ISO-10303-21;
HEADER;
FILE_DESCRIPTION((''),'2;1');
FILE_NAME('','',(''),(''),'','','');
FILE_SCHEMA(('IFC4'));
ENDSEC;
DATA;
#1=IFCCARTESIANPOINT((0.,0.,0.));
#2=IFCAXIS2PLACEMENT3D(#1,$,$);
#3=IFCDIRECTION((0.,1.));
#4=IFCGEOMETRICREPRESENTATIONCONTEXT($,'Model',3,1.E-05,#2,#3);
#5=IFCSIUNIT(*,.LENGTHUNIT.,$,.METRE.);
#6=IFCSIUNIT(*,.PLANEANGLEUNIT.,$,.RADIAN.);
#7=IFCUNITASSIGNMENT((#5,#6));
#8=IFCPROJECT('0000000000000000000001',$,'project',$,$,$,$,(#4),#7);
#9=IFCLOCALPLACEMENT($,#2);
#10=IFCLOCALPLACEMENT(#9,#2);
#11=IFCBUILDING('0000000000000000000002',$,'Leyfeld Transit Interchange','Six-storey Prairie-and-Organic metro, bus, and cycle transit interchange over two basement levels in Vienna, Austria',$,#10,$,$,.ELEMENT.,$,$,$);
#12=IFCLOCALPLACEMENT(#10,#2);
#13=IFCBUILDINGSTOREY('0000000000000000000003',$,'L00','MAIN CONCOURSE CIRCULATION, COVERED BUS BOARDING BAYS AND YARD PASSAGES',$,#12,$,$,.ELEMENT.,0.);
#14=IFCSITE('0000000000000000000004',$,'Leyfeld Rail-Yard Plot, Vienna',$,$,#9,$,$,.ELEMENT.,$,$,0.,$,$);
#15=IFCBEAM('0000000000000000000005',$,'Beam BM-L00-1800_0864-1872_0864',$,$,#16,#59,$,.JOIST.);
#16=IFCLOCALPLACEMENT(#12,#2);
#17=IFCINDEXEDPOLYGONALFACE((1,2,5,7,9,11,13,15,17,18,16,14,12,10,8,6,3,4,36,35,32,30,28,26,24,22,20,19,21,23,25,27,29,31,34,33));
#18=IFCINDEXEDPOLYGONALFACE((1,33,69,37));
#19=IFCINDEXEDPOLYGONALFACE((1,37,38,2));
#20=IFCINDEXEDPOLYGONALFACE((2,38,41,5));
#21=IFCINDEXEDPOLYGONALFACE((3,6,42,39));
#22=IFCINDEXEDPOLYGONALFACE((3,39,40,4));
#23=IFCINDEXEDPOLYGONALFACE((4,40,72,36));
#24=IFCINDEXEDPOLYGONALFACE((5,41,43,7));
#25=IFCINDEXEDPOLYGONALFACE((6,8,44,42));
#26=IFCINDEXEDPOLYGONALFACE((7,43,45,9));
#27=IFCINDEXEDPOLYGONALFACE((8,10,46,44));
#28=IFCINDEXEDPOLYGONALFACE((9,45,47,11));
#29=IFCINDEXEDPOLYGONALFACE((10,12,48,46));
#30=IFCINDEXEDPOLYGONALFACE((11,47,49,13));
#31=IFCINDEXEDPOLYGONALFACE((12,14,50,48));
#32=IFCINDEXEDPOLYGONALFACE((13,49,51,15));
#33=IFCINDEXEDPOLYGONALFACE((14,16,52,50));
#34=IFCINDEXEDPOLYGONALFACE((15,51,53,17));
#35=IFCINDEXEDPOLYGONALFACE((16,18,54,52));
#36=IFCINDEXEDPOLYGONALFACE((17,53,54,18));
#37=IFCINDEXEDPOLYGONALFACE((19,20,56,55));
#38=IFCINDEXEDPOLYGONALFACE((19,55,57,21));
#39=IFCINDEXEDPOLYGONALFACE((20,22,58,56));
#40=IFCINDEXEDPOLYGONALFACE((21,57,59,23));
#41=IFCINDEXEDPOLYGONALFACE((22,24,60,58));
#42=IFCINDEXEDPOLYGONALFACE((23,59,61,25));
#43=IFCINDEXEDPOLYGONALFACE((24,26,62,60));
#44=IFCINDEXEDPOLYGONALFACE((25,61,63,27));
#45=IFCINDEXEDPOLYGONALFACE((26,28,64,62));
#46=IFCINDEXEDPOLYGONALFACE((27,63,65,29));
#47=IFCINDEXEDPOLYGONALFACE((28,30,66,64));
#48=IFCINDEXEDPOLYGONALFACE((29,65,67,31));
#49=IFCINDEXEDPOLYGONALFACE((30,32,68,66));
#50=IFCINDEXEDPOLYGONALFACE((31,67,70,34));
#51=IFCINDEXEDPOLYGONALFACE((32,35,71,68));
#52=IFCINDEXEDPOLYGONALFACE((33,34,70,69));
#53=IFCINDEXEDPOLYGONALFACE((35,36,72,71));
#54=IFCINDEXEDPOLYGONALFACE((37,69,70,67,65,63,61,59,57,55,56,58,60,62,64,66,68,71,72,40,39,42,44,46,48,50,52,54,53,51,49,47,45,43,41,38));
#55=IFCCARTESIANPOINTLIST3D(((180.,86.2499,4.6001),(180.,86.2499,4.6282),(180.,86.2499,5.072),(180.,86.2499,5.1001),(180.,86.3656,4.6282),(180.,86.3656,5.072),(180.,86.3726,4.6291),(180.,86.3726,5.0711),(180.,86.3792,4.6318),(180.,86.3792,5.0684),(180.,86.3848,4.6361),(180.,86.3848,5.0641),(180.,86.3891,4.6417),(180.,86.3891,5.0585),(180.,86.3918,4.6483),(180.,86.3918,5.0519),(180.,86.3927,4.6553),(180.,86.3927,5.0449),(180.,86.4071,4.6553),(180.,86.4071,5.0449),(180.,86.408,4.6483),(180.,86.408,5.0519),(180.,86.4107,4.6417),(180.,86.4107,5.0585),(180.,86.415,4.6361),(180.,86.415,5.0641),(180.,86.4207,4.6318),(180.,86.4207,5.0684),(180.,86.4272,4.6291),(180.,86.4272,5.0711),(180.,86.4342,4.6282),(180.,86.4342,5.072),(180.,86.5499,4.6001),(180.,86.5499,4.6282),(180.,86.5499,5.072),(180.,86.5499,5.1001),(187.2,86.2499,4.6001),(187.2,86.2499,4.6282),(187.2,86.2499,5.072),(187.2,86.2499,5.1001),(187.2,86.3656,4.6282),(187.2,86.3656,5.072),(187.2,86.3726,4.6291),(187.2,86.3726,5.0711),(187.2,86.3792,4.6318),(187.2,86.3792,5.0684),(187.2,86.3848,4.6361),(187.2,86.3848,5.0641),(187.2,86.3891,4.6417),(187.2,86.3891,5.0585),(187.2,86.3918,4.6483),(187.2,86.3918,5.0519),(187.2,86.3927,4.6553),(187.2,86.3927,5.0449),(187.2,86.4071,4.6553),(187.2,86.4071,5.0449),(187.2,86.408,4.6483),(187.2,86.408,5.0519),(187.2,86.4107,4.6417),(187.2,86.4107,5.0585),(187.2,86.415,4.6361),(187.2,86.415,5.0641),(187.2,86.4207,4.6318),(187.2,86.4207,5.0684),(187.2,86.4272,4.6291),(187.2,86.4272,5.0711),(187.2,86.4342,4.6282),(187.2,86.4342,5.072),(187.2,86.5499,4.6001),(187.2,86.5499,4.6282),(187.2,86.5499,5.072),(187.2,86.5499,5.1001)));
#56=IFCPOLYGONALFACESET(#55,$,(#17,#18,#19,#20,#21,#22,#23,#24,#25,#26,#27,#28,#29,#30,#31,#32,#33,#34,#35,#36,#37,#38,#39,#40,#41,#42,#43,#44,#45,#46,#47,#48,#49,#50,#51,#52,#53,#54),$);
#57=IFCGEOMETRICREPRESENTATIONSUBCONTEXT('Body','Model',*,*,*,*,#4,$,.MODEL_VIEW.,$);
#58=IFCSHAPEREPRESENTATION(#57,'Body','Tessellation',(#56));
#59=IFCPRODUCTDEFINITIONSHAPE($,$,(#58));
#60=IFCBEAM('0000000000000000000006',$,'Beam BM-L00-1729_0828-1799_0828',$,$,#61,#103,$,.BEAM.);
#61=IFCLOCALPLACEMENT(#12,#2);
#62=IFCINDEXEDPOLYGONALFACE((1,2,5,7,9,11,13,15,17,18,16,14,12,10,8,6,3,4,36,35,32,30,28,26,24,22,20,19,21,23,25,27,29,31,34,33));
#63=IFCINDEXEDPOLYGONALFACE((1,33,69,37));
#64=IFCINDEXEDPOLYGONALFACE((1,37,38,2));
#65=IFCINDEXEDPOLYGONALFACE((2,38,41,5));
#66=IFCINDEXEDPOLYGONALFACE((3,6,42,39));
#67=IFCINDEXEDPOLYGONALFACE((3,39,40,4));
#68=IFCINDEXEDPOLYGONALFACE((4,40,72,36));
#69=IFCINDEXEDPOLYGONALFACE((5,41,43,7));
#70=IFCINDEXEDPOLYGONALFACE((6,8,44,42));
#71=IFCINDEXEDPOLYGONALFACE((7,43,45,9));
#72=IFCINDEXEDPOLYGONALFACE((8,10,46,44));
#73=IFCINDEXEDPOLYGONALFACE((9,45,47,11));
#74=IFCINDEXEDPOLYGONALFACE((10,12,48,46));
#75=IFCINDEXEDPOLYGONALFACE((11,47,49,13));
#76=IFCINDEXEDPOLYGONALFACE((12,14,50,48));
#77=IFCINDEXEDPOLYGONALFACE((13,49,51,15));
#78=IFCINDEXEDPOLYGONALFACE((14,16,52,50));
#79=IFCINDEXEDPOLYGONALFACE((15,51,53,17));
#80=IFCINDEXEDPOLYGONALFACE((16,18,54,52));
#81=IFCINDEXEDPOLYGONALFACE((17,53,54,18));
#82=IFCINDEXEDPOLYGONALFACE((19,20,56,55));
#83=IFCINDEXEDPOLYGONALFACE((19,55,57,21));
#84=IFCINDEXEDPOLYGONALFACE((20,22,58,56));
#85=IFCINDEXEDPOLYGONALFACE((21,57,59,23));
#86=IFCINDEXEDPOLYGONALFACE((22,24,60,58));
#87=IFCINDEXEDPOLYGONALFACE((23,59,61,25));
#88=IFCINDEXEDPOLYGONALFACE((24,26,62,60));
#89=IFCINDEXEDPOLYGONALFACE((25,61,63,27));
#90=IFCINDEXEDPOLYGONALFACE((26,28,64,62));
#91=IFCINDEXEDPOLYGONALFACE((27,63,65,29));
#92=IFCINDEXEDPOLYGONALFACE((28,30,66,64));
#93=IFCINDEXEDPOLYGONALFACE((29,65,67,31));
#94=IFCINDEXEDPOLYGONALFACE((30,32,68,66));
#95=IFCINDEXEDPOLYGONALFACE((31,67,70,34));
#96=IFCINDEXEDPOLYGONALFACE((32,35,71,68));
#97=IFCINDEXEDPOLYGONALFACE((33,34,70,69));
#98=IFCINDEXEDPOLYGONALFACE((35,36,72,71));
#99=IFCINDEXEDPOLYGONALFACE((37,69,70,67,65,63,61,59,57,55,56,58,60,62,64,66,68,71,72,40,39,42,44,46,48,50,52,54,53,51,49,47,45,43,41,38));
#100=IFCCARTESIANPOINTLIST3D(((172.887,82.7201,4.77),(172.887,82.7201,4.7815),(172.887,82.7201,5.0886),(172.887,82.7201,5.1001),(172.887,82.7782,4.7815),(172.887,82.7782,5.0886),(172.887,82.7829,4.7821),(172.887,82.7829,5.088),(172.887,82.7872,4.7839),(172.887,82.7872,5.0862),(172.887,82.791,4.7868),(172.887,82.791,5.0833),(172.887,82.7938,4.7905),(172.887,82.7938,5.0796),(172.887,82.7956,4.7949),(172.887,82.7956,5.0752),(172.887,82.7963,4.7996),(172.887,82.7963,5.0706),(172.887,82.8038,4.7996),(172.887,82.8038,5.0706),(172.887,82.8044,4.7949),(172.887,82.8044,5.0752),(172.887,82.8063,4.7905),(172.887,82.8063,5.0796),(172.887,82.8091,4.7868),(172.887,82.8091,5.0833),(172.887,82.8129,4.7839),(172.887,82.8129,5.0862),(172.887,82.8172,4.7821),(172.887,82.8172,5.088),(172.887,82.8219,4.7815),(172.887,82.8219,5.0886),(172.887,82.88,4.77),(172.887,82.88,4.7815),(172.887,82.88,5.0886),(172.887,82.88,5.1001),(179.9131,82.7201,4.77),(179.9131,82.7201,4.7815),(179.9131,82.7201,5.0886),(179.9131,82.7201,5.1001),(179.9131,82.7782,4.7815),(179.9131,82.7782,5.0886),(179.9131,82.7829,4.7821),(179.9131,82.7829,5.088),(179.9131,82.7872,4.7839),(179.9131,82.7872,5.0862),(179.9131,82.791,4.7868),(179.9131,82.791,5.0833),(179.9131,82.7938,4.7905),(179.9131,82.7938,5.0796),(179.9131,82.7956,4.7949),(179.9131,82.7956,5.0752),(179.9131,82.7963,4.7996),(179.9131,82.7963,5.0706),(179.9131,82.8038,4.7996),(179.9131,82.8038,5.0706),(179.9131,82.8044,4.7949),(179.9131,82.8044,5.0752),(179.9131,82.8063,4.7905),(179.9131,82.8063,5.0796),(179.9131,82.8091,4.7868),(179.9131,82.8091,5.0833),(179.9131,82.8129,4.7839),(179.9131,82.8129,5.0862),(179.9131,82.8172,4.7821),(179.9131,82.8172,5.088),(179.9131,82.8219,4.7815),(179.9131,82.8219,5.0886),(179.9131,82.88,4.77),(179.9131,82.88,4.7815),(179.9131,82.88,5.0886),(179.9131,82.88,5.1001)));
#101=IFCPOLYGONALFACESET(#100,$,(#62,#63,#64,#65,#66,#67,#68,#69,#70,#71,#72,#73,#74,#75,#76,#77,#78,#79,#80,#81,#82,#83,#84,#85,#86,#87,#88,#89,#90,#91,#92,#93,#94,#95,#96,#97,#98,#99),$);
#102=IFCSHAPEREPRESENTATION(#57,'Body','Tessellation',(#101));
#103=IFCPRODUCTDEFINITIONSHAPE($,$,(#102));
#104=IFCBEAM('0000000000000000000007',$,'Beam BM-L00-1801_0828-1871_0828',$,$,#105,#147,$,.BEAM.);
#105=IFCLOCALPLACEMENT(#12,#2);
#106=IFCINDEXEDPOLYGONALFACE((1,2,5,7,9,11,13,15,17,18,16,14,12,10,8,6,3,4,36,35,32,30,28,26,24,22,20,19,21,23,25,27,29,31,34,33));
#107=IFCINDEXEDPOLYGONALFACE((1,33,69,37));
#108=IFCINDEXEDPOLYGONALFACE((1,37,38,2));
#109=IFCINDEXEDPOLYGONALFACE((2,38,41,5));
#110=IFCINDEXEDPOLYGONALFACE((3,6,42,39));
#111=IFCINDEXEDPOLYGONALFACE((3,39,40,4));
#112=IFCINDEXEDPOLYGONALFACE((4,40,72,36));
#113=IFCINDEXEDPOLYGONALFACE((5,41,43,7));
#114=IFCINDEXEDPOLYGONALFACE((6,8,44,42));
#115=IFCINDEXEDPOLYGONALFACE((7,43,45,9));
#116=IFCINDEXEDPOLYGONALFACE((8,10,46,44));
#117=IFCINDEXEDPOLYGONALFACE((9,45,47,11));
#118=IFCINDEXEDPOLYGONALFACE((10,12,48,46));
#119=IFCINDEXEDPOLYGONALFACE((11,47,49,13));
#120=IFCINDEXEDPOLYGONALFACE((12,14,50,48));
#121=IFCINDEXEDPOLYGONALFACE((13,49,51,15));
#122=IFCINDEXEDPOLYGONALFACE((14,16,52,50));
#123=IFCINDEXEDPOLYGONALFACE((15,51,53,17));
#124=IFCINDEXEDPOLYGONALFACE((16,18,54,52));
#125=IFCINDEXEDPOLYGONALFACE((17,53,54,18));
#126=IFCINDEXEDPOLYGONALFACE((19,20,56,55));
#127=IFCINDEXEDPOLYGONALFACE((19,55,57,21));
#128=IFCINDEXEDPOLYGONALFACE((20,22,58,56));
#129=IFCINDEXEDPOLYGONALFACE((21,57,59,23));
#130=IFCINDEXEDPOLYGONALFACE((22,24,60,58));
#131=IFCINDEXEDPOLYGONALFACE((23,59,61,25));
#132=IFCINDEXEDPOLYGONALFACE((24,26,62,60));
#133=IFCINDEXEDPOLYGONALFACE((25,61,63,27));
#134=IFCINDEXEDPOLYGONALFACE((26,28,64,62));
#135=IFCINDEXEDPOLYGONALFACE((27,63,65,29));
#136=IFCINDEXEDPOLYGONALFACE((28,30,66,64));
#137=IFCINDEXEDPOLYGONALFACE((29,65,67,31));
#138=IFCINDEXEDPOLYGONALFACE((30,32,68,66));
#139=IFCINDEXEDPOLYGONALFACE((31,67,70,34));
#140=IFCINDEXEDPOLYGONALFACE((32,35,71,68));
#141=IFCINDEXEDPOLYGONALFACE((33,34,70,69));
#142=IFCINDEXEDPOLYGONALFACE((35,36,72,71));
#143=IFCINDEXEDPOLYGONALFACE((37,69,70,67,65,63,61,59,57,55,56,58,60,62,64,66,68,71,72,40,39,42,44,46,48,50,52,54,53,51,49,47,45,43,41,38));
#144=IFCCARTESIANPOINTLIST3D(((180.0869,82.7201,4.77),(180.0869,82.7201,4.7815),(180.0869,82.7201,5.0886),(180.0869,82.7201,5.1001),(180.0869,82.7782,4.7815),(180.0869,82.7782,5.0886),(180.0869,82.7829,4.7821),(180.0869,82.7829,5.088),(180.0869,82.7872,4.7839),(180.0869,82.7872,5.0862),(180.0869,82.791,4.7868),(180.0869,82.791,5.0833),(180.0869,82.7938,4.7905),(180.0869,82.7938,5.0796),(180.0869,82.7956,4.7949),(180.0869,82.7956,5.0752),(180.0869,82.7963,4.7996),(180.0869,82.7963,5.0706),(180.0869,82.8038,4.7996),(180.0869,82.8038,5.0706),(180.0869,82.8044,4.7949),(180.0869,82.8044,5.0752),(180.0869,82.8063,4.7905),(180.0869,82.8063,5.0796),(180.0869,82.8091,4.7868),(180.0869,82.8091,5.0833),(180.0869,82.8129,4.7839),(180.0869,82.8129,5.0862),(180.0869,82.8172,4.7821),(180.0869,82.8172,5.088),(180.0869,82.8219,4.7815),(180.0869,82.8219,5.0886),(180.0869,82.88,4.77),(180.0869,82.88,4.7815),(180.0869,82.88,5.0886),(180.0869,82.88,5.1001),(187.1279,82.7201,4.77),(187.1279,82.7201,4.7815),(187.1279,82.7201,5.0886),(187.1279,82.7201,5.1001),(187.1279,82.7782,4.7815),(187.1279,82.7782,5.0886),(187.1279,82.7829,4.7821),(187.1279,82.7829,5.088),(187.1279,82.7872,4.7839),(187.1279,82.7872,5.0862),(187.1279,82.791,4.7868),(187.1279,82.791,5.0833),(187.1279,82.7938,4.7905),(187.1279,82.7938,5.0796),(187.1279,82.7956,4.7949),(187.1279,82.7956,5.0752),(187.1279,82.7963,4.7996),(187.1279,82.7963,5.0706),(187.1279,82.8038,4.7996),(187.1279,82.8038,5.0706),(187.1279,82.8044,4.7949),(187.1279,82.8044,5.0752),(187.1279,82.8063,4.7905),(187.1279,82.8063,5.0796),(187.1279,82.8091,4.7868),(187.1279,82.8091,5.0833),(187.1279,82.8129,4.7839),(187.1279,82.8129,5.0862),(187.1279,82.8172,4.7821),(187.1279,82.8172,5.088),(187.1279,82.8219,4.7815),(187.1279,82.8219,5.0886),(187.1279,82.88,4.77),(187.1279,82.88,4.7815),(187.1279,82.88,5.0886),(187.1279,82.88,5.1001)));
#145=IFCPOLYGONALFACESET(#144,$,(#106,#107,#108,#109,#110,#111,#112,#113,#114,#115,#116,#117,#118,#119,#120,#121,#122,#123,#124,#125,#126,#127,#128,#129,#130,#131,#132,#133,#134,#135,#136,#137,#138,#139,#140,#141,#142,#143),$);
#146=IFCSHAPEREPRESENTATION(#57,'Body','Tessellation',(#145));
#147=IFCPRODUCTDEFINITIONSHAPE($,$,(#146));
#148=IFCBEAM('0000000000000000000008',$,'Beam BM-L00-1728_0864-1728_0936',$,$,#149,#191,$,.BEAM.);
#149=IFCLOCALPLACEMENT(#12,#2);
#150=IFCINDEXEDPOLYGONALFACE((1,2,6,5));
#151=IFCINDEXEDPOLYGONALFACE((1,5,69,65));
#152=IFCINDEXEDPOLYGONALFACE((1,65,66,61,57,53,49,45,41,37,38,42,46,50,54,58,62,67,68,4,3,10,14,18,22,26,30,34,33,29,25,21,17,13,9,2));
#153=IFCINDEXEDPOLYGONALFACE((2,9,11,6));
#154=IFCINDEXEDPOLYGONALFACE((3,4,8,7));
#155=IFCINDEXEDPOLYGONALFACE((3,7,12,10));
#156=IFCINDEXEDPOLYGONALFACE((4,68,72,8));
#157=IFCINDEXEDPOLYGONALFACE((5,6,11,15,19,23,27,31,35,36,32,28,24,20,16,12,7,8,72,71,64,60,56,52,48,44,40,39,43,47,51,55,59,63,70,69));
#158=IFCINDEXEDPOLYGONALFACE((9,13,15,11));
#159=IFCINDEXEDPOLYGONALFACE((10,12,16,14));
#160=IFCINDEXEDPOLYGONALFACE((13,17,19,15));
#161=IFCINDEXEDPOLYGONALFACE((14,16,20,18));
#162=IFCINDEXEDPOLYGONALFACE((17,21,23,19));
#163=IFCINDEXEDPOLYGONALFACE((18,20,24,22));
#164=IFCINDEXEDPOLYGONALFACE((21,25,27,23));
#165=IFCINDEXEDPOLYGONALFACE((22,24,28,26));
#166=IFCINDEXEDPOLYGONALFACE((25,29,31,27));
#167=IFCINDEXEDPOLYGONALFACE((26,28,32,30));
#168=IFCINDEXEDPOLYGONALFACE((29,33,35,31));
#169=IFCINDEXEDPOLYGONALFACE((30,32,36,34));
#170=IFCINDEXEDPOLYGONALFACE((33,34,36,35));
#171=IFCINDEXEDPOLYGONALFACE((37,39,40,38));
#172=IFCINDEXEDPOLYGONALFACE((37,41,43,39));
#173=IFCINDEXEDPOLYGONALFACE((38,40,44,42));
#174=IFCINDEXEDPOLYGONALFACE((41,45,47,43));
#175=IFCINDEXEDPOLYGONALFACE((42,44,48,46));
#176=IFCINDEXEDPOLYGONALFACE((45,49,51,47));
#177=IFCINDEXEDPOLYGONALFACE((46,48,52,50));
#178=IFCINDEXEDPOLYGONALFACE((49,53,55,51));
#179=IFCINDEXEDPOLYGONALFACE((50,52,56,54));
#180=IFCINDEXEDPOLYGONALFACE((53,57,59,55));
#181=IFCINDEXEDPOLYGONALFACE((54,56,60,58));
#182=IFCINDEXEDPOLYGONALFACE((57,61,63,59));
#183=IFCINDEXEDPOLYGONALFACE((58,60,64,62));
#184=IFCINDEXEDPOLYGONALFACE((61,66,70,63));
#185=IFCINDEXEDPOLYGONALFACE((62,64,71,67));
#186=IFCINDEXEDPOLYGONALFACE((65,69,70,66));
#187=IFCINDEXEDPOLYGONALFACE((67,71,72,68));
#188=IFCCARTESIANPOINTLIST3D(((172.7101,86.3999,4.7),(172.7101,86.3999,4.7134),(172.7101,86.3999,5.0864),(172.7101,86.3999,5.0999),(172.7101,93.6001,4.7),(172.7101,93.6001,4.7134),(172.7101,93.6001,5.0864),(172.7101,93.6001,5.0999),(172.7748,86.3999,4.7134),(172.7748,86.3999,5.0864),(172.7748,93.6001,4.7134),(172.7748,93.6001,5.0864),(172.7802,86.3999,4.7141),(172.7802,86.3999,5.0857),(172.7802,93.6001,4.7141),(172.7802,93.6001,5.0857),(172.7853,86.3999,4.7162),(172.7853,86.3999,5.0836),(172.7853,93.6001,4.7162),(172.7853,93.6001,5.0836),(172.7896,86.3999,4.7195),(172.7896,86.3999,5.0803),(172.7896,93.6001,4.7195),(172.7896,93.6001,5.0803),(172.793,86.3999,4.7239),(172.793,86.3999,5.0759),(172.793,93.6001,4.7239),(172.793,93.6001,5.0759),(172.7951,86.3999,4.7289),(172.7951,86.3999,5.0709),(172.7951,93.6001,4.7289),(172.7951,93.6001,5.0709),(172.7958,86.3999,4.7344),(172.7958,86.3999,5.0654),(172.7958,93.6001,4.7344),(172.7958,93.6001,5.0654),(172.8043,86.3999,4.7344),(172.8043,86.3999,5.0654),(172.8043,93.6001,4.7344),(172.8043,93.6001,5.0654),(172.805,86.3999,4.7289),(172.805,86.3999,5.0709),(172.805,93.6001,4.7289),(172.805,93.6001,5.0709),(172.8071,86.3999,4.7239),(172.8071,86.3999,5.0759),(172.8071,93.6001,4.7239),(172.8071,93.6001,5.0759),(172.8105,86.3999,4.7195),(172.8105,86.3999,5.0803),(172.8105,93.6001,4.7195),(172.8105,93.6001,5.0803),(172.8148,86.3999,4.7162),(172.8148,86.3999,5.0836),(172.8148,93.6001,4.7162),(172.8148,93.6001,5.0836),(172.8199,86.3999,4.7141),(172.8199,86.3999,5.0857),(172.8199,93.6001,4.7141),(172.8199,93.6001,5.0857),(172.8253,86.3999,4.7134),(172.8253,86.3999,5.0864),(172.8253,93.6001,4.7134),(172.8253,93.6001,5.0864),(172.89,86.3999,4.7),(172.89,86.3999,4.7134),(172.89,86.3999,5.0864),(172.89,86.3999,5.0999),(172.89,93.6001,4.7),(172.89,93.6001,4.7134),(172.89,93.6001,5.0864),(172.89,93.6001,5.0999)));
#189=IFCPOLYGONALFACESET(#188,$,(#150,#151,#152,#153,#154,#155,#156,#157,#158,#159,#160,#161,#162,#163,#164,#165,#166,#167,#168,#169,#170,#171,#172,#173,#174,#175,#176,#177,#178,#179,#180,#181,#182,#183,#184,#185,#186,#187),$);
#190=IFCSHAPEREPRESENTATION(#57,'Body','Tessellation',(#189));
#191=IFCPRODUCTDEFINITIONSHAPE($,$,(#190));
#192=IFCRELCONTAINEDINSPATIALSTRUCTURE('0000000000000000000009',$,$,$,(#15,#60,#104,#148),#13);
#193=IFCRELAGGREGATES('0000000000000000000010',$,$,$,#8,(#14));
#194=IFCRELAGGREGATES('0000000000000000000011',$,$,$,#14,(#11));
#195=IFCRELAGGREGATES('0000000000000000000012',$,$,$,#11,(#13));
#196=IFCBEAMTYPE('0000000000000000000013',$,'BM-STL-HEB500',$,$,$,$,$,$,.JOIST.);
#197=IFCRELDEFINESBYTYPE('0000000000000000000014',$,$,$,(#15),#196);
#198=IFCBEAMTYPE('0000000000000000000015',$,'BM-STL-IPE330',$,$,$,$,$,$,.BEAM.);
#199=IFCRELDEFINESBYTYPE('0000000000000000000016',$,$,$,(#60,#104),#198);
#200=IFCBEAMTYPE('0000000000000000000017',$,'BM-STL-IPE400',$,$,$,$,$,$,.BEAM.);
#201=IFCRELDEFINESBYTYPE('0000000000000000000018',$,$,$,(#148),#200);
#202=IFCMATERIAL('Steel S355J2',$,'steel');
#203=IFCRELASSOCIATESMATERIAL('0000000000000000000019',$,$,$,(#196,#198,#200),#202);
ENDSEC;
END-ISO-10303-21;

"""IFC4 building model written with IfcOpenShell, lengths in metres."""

from ifc_helpers import new_model, si_unit, direction, frame, origin, origin_2d, place, context, subcontext, project, spatial, i_section, extrude, material, material_profile, profile_set, type_object, element, save


model = new_model("IFC4")

# Units and contexts
model_context = context("Model", 3, precision=1e-05, world=origin(), true_north=direction((0.0, 1.0)))
body_context = subcontext(model_context, "Body", "Model", "MODEL_VIEW")
ifc_project = project(units=[si_unit("LENGTHUNIT", "METRE"), si_unit("PLANEANGLEUNIT", "RADIAN")], contexts=[model_context])

# Site, building, storey
site_placement = place(None, origin())
site = spatial("IfcSite", under=ifc_project, at=site_placement, Name="Leyfeld Rail-Yard Plot, Vienna", CompositionType="ELEMENT", RefElevation=0.0)
building_placement = place(site_placement, origin())
building = spatial("IfcBuilding", under=site, at=building_placement, Name="Leyfeld Transit Interchange", Description="Six-storey Prairie-and-Organic metro, bus, and cycle transit interchange over two basement levels in Vienna, Austria", CompositionType="ELEMENT")
storey_placement = place(building_placement, origin())
storey = spatial("IfcBuildingStorey", under=building, at=storey_placement, Name="L00", Description="MAIN CONCOURSE CIRCULATION, COVERED BUS BOARDING BAYS AND YARD PASSAGES", CompositionType="ELEMENT", Elevation=0.0)

# Beams
ifc_material_1 = material(Name="Steel S355J2", Category="steel")
ifc_material_profile_1 = material_profile(ifc_material_1, i_section(OverallWidth=0.3, OverallDepth=0.5, WebThickness=0.0144, FlangeThickness=0.0281, FilletRadius=0.0271, at=origin_2d()), Name="HEB 500")
ifc_profile_set_1 = profile_set([ifc_material_profile_1], Name="Steel S355J2")
beam_type_1 = type_object("IfcBeamType", Name="BM-STL-HEB500", PredefinedType="JOIST", material=ifc_profile_set_1)
for number, where, z_axis, x_axis, name in (
    (1, (180.0, 86.3999, 4.8501), (1.0, 0.0, 0.0), (0.0, 1.0, 0.0), "Beam BM-L00-1800_0864-1872_0864"),
):
    element("IfcBeam", number, at=place(storey_placement, frame(where, z_axis=z_axis, x_axis=x_axis)), inside=storey, type_object=beam_type_1, Name=name, PredefinedType="JOIST", context=body_context, shape_type="SweptSolid", body=[
        extrude(i_section(OverallWidth=0.3, OverallDepth=0.5, WebThickness=0.0144, FlangeThickness=0.0281, FilletRadius=0.0271, at=origin_2d()), origin(), (0.0, 0.0, 1.0), 7.2),
    ])
ifc_material_profile_2 = material_profile(ifc_material_1, i_section(OverallWidth=0.1599, OverallDepth=0.3301, WebThickness=0.0076, FlangeThickness=0.0115, FilletRadius=0.0181, at=origin_2d()), Name="IPE 330")
ifc_profile_set_2 = profile_set([ifc_material_profile_2], Name="Steel S355J2")
beam_type_2 = type_object("IfcBeamType", Name="BM-STL-IPE330", PredefinedType="BEAM", material=ifc_profile_set_2)
beam_1_placement = place(storey_placement, frame((172.887, 82.8, 4.9351), z_axis=(1.0, 0.0, 0.0), x_axis=(0.0, 1.0, 0.0)))
element("IfcBeam", 2, at=beam_1_placement, inside=storey, type_object=beam_type_2, Name="Beam BM-L00-1729_0828-1799_0828", PredefinedType="BEAM", context=body_context, shape_type="SweptSolid", body=[
    extrude(i_section(OverallWidth=0.1599, OverallDepth=0.3301, WebThickness=0.0076, FlangeThickness=0.0115, FilletRadius=0.0181, at=origin_2d()), origin(), (0.0, 0.0, 1.0), 7.0261),
])
beam_2_placement = place(storey_placement, frame((180.0869, 82.8, 4.9351), z_axis=(1.0, 0.0, 0.0), x_axis=(0.0, 1.0, 0.0)))
element("IfcBeam", 3, at=beam_2_placement, inside=storey, type_object=beam_type_2, Name="Beam BM-L00-1801_0828-1871_0828", PredefinedType="BEAM", context=body_context, shape_type="SweptSolid", body=[
    extrude(i_section(OverallWidth=0.1599, OverallDepth=0.3301, WebThickness=0.0076, FlangeThickness=0.0115, FilletRadius=0.0181, at=origin_2d()), origin(), (0.0, 0.0, 1.0), 7.041),
])
ifc_material_profile_3 = material_profile(ifc_material_1, i_section(OverallWidth=0.1799, OverallDepth=0.3999, WebThickness=0.0085, FlangeThickness=0.0134, FilletRadius=0.021, at=origin_2d()), Name="IPE 400")
ifc_profile_set_3 = profile_set([ifc_material_profile_3], Name="Steel S355J2")
beam_type_3 = type_object("IfcBeamType", Name="BM-STL-IPE400", PredefinedType="BEAM", material=ifc_profile_set_3)
for number, where, z_axis, x_axis, name in (
    (4, (172.8, 86.3999, 4.8999), (0.0, 1.0, 0.0), (-1.0, 0.0, 0.0), "Beam BM-L00-1728_0864-1728_0936"),
):
    element("IfcBeam", number, at=place(storey_placement, frame(where, z_axis=z_axis, x_axis=x_axis)), inside=storey, type_object=beam_type_3, Name=name, PredefinedType="BEAM", context=body_context, shape_type="SweptSolid", body=[
        extrude(i_section(OverallWidth=0.1799, OverallDepth=0.3999, WebThickness=0.0085, FlangeThickness=0.0134, FilletRadius=0.021, at=origin_2d()), origin(), (0.0, 0.0, 1.0), 7.2002),
    ])

save(model, "model.ifc")
